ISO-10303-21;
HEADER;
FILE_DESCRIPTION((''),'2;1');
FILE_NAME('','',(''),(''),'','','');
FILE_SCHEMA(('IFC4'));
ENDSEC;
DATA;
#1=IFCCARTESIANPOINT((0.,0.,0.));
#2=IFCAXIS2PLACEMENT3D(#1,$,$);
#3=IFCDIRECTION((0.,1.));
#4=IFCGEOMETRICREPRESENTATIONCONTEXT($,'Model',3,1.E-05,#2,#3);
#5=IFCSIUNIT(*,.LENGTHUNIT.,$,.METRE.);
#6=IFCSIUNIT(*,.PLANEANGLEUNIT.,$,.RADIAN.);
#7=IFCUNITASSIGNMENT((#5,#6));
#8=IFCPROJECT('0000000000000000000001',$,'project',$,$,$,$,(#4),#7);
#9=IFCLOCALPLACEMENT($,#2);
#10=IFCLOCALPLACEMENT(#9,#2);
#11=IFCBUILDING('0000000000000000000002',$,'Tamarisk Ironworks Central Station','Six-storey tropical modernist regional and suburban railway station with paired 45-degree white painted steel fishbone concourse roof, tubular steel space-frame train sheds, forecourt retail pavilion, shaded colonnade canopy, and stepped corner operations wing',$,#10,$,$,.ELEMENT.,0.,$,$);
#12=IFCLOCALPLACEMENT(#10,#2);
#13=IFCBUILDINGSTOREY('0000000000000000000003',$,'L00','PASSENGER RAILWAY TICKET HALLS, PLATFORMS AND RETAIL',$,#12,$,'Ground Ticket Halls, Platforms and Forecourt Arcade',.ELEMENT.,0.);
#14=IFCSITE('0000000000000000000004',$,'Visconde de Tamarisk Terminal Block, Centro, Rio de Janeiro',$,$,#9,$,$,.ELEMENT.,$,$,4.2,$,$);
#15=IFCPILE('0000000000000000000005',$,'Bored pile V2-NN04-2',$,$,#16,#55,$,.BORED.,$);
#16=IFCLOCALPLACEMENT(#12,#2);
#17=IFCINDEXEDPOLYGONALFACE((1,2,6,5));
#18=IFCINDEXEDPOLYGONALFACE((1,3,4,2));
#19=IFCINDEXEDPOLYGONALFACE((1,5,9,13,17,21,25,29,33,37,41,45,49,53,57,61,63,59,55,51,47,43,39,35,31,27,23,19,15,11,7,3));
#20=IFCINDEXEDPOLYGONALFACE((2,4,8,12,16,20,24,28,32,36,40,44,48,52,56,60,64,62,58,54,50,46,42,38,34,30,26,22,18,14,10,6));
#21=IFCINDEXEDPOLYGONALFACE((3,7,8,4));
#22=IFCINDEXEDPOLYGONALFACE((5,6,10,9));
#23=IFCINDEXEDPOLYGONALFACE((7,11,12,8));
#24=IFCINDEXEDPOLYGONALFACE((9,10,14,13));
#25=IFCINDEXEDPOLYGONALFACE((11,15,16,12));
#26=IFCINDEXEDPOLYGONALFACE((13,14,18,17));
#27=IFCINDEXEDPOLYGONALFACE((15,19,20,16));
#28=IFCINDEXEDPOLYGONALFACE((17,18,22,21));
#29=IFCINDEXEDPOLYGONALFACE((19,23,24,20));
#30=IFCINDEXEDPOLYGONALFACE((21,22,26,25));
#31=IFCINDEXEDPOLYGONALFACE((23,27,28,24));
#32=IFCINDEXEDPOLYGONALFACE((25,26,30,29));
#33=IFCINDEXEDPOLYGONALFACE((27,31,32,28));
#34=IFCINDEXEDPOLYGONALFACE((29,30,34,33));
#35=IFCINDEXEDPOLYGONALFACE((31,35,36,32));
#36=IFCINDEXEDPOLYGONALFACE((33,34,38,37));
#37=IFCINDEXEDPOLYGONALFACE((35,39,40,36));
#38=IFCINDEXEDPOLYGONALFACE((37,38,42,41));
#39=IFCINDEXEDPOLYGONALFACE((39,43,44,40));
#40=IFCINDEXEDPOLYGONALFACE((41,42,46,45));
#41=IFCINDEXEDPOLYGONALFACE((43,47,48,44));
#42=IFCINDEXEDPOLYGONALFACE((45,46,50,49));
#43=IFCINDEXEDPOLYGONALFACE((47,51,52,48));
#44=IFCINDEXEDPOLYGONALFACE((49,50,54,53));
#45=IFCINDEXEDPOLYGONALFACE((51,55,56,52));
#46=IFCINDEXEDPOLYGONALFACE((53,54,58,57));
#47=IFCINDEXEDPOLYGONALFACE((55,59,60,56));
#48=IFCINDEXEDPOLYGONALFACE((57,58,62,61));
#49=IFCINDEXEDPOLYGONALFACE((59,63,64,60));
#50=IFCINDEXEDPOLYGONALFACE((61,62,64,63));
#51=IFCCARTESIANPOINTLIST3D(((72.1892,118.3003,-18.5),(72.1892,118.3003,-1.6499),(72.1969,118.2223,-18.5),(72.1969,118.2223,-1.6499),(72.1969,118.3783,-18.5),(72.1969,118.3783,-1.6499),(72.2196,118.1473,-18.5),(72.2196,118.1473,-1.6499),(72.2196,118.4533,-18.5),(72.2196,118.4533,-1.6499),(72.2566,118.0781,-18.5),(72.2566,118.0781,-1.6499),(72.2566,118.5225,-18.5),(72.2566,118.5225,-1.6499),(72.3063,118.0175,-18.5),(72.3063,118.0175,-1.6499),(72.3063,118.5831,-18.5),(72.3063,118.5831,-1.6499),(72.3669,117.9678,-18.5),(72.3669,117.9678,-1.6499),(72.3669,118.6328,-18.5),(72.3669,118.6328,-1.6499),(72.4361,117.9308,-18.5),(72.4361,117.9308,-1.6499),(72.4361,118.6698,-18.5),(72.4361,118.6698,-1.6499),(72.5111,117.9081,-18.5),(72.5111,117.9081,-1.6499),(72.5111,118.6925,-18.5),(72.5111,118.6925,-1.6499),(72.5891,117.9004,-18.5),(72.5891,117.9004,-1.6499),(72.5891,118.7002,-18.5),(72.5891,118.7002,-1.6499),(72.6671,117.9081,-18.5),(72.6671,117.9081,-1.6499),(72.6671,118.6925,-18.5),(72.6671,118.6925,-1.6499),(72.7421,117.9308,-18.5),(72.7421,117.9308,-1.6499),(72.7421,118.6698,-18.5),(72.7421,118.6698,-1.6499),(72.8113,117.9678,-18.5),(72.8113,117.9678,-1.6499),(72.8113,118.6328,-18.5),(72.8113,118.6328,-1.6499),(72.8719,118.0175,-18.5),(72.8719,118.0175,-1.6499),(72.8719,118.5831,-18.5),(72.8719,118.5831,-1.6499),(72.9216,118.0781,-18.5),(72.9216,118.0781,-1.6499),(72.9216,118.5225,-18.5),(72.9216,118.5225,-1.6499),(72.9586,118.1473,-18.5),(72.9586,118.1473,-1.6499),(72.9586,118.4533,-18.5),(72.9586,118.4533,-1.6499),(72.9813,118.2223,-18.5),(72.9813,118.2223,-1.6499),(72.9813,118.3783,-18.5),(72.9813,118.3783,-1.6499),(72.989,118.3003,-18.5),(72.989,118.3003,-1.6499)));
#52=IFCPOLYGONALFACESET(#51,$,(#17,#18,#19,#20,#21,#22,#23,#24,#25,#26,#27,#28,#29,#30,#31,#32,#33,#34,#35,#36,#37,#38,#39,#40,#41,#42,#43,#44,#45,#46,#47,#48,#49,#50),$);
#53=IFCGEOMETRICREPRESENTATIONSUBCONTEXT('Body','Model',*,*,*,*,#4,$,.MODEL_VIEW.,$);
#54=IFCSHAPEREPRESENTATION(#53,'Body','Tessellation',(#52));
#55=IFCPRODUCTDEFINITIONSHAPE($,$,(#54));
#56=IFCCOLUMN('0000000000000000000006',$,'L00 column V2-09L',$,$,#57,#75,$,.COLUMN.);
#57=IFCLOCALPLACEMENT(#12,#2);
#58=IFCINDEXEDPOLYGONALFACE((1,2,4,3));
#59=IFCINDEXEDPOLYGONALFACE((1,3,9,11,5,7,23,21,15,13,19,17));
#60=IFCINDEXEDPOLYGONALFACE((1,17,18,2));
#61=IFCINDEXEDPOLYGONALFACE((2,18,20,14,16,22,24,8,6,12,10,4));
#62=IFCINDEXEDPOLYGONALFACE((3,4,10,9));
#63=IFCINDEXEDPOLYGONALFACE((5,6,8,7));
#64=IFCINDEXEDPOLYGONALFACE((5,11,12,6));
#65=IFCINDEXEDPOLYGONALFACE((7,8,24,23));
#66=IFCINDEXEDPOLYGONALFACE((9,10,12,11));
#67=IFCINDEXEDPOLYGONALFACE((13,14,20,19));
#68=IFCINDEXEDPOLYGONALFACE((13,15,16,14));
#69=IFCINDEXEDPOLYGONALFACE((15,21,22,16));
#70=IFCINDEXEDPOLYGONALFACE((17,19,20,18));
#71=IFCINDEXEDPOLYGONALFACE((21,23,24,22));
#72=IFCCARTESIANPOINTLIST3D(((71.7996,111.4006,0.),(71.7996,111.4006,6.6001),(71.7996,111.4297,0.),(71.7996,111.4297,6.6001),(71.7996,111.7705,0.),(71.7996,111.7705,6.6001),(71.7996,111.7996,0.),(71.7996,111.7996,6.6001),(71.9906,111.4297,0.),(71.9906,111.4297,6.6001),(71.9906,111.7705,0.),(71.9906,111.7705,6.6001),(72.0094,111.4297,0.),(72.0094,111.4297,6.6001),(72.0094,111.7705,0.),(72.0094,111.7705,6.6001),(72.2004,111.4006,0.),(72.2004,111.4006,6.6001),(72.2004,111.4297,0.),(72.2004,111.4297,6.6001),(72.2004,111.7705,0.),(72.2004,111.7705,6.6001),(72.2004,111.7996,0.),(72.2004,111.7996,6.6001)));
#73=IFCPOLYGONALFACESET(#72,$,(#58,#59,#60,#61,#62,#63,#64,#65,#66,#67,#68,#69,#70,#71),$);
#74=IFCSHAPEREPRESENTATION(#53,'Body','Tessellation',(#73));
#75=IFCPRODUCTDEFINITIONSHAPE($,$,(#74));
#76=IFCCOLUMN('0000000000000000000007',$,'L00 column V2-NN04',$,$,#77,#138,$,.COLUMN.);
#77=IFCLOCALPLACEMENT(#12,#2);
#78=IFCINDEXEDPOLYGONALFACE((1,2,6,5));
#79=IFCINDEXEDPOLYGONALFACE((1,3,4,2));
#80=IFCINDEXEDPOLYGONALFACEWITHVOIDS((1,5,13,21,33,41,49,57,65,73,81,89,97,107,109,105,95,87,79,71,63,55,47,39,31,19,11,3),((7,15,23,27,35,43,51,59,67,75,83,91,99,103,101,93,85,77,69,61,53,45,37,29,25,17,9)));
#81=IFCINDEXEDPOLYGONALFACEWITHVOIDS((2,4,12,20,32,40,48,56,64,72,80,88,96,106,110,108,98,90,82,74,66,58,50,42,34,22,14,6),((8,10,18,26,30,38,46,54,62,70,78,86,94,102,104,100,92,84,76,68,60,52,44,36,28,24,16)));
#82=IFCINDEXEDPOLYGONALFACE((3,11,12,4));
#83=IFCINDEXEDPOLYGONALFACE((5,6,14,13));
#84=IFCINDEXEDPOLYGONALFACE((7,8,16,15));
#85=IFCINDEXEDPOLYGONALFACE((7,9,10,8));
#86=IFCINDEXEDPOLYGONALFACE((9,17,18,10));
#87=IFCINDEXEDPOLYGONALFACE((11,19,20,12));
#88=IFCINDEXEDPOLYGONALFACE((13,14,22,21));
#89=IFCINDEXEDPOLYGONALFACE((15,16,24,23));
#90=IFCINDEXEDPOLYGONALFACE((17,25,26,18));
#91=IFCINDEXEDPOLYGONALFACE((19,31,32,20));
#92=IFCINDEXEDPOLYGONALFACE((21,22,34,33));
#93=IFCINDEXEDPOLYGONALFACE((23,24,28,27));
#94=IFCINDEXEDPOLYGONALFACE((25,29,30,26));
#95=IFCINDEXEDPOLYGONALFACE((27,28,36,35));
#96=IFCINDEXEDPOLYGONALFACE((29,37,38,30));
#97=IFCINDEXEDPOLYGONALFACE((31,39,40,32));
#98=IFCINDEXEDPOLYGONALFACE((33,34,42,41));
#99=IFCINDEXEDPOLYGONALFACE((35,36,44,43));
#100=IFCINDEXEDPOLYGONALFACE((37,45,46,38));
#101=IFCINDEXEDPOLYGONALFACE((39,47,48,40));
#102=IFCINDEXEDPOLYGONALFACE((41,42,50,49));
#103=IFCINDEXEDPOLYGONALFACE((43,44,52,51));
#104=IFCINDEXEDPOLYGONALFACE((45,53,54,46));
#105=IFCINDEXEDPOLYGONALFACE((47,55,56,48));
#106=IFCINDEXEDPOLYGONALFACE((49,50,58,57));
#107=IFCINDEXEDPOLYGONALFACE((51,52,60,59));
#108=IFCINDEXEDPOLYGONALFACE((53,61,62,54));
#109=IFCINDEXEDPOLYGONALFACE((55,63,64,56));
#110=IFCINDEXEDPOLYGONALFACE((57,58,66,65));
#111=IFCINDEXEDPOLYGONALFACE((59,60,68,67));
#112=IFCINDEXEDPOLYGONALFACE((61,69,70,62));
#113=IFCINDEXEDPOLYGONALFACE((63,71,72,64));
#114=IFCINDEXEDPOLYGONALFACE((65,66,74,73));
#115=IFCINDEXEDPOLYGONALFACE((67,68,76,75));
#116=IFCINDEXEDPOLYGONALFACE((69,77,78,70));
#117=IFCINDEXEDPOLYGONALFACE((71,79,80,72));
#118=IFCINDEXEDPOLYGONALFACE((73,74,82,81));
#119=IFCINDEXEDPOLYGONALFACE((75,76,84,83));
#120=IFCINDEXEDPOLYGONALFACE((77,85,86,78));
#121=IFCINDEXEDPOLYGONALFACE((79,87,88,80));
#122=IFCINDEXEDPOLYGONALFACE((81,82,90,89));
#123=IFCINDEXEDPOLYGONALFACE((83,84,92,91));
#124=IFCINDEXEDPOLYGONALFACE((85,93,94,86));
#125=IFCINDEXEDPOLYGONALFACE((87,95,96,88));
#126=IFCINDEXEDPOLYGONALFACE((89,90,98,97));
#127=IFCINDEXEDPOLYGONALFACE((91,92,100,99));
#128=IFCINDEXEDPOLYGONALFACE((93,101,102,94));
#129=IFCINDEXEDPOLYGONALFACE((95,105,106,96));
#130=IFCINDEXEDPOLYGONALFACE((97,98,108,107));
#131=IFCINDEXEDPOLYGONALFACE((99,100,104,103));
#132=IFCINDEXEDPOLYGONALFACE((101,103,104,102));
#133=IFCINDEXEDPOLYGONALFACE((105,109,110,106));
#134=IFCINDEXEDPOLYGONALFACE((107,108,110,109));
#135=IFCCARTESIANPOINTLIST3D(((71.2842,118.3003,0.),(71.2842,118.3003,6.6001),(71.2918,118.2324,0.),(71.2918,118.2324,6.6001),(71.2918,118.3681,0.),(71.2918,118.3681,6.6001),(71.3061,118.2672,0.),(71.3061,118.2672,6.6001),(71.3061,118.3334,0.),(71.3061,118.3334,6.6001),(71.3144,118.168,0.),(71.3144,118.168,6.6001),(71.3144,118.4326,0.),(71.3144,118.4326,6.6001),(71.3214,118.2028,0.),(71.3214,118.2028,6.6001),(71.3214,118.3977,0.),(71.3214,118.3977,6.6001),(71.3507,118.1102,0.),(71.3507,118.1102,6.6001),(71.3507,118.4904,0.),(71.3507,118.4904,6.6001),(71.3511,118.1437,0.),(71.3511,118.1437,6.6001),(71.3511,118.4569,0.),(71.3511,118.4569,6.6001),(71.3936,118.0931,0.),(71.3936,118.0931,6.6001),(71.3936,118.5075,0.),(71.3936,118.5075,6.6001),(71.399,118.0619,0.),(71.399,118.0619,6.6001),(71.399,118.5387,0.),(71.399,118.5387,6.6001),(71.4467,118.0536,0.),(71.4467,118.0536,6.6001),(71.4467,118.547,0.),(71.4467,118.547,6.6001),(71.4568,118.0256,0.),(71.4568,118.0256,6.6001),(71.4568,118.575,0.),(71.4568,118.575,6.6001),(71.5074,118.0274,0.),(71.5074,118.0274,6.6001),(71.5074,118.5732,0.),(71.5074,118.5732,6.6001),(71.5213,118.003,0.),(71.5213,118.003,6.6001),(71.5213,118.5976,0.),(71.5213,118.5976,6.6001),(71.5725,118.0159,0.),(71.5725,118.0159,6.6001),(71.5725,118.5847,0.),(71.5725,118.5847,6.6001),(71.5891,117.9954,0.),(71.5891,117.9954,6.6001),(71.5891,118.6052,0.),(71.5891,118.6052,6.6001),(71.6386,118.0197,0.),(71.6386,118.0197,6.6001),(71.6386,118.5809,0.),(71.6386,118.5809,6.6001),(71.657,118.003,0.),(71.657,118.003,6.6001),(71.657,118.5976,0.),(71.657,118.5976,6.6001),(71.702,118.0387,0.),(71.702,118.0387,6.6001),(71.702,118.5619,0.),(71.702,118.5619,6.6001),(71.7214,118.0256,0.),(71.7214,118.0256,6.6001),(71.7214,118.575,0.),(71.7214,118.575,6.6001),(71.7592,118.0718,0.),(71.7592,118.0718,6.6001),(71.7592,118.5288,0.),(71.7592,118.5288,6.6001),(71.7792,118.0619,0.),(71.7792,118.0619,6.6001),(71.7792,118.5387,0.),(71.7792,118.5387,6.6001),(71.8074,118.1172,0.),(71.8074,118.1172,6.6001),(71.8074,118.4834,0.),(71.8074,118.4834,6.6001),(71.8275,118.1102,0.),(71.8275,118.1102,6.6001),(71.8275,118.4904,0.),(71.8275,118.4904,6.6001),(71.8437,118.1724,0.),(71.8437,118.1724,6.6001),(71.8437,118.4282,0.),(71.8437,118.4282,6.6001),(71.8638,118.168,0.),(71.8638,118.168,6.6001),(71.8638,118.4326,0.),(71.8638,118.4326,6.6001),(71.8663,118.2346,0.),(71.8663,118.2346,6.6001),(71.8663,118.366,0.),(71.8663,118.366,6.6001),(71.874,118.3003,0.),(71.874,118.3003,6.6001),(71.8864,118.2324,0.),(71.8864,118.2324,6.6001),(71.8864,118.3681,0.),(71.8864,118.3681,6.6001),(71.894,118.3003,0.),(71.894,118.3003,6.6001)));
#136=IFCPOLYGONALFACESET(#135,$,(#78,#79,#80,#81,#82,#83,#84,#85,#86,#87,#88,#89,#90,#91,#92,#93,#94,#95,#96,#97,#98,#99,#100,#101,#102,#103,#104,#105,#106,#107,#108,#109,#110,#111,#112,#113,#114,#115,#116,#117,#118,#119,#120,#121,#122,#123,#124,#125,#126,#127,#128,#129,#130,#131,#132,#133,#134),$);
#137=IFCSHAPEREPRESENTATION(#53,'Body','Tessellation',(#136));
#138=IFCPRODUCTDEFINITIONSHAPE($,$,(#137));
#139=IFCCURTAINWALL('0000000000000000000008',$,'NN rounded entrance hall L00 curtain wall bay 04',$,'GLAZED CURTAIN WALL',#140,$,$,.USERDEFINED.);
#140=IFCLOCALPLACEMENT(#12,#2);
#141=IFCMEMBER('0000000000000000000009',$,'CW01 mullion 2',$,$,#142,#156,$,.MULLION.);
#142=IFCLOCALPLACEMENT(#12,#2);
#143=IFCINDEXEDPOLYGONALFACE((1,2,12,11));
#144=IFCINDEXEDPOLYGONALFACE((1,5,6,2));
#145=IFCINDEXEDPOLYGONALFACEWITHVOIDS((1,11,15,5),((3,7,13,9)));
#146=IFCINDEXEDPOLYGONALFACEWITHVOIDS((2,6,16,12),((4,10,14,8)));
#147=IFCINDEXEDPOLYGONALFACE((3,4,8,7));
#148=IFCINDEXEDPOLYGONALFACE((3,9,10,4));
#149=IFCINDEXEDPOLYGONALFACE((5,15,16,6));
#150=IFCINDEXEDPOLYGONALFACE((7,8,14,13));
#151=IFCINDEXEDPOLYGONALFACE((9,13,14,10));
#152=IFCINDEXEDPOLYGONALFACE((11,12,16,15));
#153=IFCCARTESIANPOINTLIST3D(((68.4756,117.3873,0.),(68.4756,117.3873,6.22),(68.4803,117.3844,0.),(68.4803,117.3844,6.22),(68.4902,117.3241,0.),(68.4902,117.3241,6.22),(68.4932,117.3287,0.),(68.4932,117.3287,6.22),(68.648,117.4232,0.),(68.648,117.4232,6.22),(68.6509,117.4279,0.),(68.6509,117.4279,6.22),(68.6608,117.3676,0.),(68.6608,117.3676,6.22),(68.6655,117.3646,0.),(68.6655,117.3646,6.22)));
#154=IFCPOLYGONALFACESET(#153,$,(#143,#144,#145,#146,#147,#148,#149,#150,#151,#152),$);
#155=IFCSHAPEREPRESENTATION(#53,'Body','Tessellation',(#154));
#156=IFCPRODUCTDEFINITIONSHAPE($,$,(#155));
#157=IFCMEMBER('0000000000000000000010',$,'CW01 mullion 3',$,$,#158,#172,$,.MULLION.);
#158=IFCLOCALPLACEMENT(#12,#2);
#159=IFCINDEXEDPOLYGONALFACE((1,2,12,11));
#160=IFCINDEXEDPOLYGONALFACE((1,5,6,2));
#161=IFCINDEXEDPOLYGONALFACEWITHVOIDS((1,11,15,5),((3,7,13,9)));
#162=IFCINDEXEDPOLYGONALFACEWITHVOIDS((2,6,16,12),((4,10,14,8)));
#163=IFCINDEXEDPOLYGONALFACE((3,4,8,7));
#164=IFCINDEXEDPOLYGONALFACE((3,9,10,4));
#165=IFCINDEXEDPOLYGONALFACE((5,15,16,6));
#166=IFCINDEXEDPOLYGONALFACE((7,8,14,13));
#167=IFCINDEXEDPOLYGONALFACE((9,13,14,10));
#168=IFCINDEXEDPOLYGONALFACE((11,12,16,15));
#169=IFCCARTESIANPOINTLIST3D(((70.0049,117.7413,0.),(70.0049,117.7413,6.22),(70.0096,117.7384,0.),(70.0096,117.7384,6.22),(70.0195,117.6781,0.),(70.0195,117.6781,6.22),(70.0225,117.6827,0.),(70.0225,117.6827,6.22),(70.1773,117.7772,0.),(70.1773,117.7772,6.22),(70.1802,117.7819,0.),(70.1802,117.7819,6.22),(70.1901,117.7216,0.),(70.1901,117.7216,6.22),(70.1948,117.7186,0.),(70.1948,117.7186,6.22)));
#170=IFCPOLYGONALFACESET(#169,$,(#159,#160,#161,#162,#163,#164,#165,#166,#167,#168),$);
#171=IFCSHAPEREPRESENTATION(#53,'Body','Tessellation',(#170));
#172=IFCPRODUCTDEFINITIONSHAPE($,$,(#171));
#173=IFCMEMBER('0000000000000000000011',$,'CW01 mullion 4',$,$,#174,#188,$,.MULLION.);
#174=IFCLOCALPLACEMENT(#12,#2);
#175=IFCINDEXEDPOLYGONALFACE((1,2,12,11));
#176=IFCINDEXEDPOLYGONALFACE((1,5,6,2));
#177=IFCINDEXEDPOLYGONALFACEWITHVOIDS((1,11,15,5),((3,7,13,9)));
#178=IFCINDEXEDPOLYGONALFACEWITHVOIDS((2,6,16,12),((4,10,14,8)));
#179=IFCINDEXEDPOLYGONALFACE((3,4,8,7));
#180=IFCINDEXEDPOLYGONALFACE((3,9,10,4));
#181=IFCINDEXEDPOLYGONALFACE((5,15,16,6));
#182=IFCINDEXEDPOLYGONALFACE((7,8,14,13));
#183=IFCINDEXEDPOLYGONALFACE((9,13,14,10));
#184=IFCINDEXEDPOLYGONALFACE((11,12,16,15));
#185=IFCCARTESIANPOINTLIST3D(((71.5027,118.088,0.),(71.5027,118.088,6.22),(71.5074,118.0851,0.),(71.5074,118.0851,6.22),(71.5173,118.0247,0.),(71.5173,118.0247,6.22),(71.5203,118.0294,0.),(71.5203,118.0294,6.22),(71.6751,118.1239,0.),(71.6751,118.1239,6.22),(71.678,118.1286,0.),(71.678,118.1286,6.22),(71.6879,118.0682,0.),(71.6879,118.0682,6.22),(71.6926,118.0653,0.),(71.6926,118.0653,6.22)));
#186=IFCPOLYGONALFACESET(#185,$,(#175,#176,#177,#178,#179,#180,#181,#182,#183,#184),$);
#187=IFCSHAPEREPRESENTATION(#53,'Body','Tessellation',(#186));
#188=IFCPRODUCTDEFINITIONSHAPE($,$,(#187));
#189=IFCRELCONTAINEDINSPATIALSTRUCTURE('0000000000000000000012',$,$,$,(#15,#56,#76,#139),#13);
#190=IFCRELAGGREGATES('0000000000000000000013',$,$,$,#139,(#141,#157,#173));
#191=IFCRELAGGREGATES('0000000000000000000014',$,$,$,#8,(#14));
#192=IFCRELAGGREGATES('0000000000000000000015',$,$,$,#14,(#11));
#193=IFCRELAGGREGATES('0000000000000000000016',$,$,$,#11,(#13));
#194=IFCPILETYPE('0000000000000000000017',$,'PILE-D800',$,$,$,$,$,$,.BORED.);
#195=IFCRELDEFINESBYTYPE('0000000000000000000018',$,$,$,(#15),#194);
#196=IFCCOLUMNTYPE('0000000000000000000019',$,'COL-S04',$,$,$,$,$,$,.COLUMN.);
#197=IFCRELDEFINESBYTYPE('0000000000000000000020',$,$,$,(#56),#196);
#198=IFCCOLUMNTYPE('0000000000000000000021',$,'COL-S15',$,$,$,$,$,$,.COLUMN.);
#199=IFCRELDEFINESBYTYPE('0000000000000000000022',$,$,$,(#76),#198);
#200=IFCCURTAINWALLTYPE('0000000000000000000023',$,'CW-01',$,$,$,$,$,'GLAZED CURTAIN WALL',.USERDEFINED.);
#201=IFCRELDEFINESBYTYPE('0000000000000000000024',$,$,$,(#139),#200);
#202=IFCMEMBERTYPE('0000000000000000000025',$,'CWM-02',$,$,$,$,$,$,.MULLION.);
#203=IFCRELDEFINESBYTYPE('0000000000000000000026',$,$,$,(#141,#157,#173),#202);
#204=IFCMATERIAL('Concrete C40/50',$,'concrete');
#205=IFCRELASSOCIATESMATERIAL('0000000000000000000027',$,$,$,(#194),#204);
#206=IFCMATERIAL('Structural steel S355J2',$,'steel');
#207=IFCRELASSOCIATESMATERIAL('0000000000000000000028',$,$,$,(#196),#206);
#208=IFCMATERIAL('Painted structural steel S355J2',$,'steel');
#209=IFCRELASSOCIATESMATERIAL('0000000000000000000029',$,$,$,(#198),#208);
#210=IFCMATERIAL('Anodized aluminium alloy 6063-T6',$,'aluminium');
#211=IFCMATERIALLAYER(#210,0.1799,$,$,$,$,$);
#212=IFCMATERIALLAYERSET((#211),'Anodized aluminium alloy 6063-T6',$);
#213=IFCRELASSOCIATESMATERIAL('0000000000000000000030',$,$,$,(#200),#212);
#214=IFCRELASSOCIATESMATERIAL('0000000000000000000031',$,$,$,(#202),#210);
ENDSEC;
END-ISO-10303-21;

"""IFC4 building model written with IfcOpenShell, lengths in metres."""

from ifc_helpers import new_model, si_unit, direction, frame, origin, origin_2d, place, context, subcontext, project, spatial, hollow_rectangle, circle, hollow_circle, i_section, extrude, material, layer, layer_set, material_profile, profile_set, type_object, element, aggregate, save


model = new_model("IFC4")

# Units and contexts
model_context = context("Model", 3, precision=1e-05, world=origin(), true_north=direction((0.0, 1.0)))
body_context = subcontext(model_context, "Body", "Model", "MODEL_VIEW")
ifc_project = project(units=[si_unit("LENGTHUNIT", "METRE"), si_unit("PLANEANGLEUNIT", "RADIAN")], contexts=[model_context])

# Site, building, storey
site_placement = place(None, origin())
site = spatial("IfcSite", under=ifc_project, at=site_placement, Name="Visconde de Tamarisk Terminal Block, Centro, Rio de Janeiro", CompositionType="ELEMENT", RefElevation=4.2)
building_placement = place(site_placement, origin())
building = spatial("IfcBuilding", under=site, at=building_placement, Name="Tamarisk Ironworks Central Station", Description="Six-storey tropical modernist regional and suburban railway station with paired 45-degree white painted steel fishbone concourse roof, tubular steel space-frame train sheds, forecourt retail pavilion, shaded colonnade canopy, and stepped corner operations wing", CompositionType="ELEMENT", ElevationOfRefHeight=0.0)
storey_placement = place(building_placement, origin())
storey = spatial("IfcBuildingStorey", under=building, at=storey_placement, Name="L00", Description="PASSENGER RAILWAY TICKET HALLS, PLATFORMS AND RETAIL", LongName="Ground Ticket Halls, Platforms and Forecourt Arcade", CompositionType="ELEMENT", Elevation=0.0)

# Shared definitions
ifc_material_1 = material(Name="Concrete C40/50", Category="concrete")

# Pile
ifc_material_profile_1 = material_profile(ifc_material_1, circle(Radius=0.3999, at=origin_2d()), Name="BORED PILE D800")
ifc_profile_set_1 = profile_set([ifc_material_profile_1], Name="Concrete C40/50")
pile_type = type_object("IfcPileType", Name="PILE-D800", PredefinedType="BORED", material=ifc_profile_set_1)
for number, where, z_axis, x_axis, name in (
    (1, (72.5891, 118.3003, -1.6499), (0.0, 0.0, -1.0), (1.0, 0.0, 0.0), "Bored pile V2-NN04-2"),
):
    element("IfcPile", number, at=place(storey_placement, frame(where, z_axis=z_axis, x_axis=x_axis)), inside=storey, type_object=pile_type, Name=name, PredefinedType="BORED", context=body_context, shape_type="SweptSolid", body=[
        extrude(circle(Radius=0.3999, at=origin_2d()), origin(), (0.0, 0.0, 1.0), 16.8501),
    ])

# Columns
ifc_material_2 = material(Name="Structural steel S355J2", Category="steel")
ifc_material_profile_2 = material_profile(ifc_material_2, i_section(OverallWidth=0.4009, OverallDepth=0.3989, WebThickness=0.0188, FlangeThickness=0.0291, at=origin_2d()), Name="HD 400x314")
ifc_profile_set_2 = profile_set([ifc_material_profile_2], Name="Structural steel S355J2")
column_type_1 = type_object("IfcColumnType", Name="COL-S04", PredefinedType="COLUMN", material=ifc_profile_set_2)
column_1_placement = place(storey_placement, frame((72.0, 111.6001, 0.0), z_axis=(0.0, 0.0, 1.0), x_axis=(1.0, 0.0, 0.0)))
element("IfcColumn", 2, at=column_1_placement, inside=storey, type_object=column_type_1, Name="L00 column V2-09L", PredefinedType="COLUMN", context=body_context, shape_type="SweptSolid", body=[
    extrude(i_section(OverallWidth=0.4009, OverallDepth=0.3989, WebThickness=0.0188, FlangeThickness=0.0291, at=origin_2d()), origin(), (0.0, 0.0, 1.0), 6.6001),
])
ifc_material_3 = material(Name="Painted structural steel S355J2", Category="steel")
ifc_material_profile_3 = material_profile(ifc_material_3, hollow_circle(Radius=0.3049, WallThickness=0.02, at=origin_2d()), Name="CHS 610x20")
ifc_profile_set_3 = profile_set([ifc_material_profile_3], Name="Painted structural steel S355J2")
column_type_2 = type_object("IfcColumnType", Name="COL-S15", PredefinedType="COLUMN", material=ifc_profile_set_3)
column_2_placement = place(storey_placement, frame((71.5891, 118.3003, 0.0), z_axis=(0.0, 0.0, 1.0), x_axis=(1.0, 0.0, 0.0)))
element("IfcColumn", 3, at=column_2_placement, inside=storey, type_object=column_type_2, Name="L00 column V2-NN04", PredefinedType="COLUMN", context=body_context, shape_type="SweptSolid", body=[
    extrude(hollow_circle(Radius=0.3049, WallThickness=0.02, at=origin_2d()), origin(), (0.0, 0.0, 1.0), 6.6001),
])

# Curtain wall, members
ifc_material_4 = material(Name="Anodized aluminium alloy 6063-T6", Category="aluminium")
ifc_layer_1 = layer(ifc_material_4, 0.1799)
ifc_layer_set_1 = layer_set([ifc_layer_1], Name="Anodized aluminium alloy 6063-T6")
curtain_wall_type = type_object("IfcCurtainWallType", Name="CW-01", ElementType="GLAZED CURTAIN WALL", PredefinedType="USERDEFINED", material=ifc_layer_set_1)
curtain_wall_1_placement = place(storey_placement, origin())
curtain_wall_1 = element("IfcCurtainWall", 4, at=curtain_wall_1_placement, inside=storey, type_object=curtain_wall_type, Name="NN rounded entrance hall L00 curtain wall bay 04", ObjectType="GLAZED CURTAIN WALL", PredefinedType="USERDEFINED")
ifc_material_profile_4 = material_profile(ifc_material_4, hollow_rectangle(XDim=0.0649, YDim=0.1799, WallThickness=0.0039, at=origin_2d()), Name="ALUM 180x65")
ifc_profile_set_4 = profile_set([ifc_material_profile_4], Name="Anodized aluminium alloy 6063-T6")
member_type_1 = type_object("IfcMemberType", Name="CWM-02", PredefinedType="MULLION", material=ifc_profile_set_4)
member_1_placement = place(storey_placement, frame((68.5706, 117.376, 0.0), z_axis=(0.0, 0.0, 1.0), x_axis=(-0.225517, 0.974239, 0.0)))
member_1 = element("IfcMember", 5, at=member_1_placement, type_object=member_type_1, Name="CW01 mullion 2", PredefinedType="MULLION", context=body_context, shape_type="SweptSolid", body=[
    extrude(hollow_rectangle(XDim=0.0649, YDim=0.1799, WallThickness=0.0039, at=origin_2d()), origin(), (0.0, 0.0, 1.0), 6.22),
])
member_2_placement = place(storey_placement, frame((70.0999, 117.73, 0.0), z_axis=(0.0, 0.0, 1.0), x_axis=(-0.225517, 0.974239, 0.0)))
member_2 = element("IfcMember", 6, at=member_2_placement, type_object=member_type_1, Name="CW01 mullion 3", PredefinedType="MULLION", context=body_context, shape_type="SweptSolid", body=[
    extrude(hollow_rectangle(XDim=0.0649, YDim=0.1799, WallThickness=0.0039, at=origin_2d()), origin(), (0.0, 0.0, 1.0), 6.22),
])
member_3_placement = place(storey_placement, frame((71.5977, 118.0767, 0.0), z_axis=(0.0, 0.0, 1.0), x_axis=(-0.225517, 0.974239, 0.0)))
member_3 = element("IfcMember", 7, at=member_3_placement, type_object=member_type_1, Name="CW01 mullion 4", PredefinedType="MULLION", context=body_context, shape_type="SweptSolid", body=[
    extrude(hollow_rectangle(XDim=0.0649, YDim=0.1799, WallThickness=0.0039, at=origin_2d()), origin(), (0.0, 0.0, 1.0), 6.22),
])

aggregate(curtain_wall_1, [member_1, member_2, member_3])

save(model, "model.ifc")
